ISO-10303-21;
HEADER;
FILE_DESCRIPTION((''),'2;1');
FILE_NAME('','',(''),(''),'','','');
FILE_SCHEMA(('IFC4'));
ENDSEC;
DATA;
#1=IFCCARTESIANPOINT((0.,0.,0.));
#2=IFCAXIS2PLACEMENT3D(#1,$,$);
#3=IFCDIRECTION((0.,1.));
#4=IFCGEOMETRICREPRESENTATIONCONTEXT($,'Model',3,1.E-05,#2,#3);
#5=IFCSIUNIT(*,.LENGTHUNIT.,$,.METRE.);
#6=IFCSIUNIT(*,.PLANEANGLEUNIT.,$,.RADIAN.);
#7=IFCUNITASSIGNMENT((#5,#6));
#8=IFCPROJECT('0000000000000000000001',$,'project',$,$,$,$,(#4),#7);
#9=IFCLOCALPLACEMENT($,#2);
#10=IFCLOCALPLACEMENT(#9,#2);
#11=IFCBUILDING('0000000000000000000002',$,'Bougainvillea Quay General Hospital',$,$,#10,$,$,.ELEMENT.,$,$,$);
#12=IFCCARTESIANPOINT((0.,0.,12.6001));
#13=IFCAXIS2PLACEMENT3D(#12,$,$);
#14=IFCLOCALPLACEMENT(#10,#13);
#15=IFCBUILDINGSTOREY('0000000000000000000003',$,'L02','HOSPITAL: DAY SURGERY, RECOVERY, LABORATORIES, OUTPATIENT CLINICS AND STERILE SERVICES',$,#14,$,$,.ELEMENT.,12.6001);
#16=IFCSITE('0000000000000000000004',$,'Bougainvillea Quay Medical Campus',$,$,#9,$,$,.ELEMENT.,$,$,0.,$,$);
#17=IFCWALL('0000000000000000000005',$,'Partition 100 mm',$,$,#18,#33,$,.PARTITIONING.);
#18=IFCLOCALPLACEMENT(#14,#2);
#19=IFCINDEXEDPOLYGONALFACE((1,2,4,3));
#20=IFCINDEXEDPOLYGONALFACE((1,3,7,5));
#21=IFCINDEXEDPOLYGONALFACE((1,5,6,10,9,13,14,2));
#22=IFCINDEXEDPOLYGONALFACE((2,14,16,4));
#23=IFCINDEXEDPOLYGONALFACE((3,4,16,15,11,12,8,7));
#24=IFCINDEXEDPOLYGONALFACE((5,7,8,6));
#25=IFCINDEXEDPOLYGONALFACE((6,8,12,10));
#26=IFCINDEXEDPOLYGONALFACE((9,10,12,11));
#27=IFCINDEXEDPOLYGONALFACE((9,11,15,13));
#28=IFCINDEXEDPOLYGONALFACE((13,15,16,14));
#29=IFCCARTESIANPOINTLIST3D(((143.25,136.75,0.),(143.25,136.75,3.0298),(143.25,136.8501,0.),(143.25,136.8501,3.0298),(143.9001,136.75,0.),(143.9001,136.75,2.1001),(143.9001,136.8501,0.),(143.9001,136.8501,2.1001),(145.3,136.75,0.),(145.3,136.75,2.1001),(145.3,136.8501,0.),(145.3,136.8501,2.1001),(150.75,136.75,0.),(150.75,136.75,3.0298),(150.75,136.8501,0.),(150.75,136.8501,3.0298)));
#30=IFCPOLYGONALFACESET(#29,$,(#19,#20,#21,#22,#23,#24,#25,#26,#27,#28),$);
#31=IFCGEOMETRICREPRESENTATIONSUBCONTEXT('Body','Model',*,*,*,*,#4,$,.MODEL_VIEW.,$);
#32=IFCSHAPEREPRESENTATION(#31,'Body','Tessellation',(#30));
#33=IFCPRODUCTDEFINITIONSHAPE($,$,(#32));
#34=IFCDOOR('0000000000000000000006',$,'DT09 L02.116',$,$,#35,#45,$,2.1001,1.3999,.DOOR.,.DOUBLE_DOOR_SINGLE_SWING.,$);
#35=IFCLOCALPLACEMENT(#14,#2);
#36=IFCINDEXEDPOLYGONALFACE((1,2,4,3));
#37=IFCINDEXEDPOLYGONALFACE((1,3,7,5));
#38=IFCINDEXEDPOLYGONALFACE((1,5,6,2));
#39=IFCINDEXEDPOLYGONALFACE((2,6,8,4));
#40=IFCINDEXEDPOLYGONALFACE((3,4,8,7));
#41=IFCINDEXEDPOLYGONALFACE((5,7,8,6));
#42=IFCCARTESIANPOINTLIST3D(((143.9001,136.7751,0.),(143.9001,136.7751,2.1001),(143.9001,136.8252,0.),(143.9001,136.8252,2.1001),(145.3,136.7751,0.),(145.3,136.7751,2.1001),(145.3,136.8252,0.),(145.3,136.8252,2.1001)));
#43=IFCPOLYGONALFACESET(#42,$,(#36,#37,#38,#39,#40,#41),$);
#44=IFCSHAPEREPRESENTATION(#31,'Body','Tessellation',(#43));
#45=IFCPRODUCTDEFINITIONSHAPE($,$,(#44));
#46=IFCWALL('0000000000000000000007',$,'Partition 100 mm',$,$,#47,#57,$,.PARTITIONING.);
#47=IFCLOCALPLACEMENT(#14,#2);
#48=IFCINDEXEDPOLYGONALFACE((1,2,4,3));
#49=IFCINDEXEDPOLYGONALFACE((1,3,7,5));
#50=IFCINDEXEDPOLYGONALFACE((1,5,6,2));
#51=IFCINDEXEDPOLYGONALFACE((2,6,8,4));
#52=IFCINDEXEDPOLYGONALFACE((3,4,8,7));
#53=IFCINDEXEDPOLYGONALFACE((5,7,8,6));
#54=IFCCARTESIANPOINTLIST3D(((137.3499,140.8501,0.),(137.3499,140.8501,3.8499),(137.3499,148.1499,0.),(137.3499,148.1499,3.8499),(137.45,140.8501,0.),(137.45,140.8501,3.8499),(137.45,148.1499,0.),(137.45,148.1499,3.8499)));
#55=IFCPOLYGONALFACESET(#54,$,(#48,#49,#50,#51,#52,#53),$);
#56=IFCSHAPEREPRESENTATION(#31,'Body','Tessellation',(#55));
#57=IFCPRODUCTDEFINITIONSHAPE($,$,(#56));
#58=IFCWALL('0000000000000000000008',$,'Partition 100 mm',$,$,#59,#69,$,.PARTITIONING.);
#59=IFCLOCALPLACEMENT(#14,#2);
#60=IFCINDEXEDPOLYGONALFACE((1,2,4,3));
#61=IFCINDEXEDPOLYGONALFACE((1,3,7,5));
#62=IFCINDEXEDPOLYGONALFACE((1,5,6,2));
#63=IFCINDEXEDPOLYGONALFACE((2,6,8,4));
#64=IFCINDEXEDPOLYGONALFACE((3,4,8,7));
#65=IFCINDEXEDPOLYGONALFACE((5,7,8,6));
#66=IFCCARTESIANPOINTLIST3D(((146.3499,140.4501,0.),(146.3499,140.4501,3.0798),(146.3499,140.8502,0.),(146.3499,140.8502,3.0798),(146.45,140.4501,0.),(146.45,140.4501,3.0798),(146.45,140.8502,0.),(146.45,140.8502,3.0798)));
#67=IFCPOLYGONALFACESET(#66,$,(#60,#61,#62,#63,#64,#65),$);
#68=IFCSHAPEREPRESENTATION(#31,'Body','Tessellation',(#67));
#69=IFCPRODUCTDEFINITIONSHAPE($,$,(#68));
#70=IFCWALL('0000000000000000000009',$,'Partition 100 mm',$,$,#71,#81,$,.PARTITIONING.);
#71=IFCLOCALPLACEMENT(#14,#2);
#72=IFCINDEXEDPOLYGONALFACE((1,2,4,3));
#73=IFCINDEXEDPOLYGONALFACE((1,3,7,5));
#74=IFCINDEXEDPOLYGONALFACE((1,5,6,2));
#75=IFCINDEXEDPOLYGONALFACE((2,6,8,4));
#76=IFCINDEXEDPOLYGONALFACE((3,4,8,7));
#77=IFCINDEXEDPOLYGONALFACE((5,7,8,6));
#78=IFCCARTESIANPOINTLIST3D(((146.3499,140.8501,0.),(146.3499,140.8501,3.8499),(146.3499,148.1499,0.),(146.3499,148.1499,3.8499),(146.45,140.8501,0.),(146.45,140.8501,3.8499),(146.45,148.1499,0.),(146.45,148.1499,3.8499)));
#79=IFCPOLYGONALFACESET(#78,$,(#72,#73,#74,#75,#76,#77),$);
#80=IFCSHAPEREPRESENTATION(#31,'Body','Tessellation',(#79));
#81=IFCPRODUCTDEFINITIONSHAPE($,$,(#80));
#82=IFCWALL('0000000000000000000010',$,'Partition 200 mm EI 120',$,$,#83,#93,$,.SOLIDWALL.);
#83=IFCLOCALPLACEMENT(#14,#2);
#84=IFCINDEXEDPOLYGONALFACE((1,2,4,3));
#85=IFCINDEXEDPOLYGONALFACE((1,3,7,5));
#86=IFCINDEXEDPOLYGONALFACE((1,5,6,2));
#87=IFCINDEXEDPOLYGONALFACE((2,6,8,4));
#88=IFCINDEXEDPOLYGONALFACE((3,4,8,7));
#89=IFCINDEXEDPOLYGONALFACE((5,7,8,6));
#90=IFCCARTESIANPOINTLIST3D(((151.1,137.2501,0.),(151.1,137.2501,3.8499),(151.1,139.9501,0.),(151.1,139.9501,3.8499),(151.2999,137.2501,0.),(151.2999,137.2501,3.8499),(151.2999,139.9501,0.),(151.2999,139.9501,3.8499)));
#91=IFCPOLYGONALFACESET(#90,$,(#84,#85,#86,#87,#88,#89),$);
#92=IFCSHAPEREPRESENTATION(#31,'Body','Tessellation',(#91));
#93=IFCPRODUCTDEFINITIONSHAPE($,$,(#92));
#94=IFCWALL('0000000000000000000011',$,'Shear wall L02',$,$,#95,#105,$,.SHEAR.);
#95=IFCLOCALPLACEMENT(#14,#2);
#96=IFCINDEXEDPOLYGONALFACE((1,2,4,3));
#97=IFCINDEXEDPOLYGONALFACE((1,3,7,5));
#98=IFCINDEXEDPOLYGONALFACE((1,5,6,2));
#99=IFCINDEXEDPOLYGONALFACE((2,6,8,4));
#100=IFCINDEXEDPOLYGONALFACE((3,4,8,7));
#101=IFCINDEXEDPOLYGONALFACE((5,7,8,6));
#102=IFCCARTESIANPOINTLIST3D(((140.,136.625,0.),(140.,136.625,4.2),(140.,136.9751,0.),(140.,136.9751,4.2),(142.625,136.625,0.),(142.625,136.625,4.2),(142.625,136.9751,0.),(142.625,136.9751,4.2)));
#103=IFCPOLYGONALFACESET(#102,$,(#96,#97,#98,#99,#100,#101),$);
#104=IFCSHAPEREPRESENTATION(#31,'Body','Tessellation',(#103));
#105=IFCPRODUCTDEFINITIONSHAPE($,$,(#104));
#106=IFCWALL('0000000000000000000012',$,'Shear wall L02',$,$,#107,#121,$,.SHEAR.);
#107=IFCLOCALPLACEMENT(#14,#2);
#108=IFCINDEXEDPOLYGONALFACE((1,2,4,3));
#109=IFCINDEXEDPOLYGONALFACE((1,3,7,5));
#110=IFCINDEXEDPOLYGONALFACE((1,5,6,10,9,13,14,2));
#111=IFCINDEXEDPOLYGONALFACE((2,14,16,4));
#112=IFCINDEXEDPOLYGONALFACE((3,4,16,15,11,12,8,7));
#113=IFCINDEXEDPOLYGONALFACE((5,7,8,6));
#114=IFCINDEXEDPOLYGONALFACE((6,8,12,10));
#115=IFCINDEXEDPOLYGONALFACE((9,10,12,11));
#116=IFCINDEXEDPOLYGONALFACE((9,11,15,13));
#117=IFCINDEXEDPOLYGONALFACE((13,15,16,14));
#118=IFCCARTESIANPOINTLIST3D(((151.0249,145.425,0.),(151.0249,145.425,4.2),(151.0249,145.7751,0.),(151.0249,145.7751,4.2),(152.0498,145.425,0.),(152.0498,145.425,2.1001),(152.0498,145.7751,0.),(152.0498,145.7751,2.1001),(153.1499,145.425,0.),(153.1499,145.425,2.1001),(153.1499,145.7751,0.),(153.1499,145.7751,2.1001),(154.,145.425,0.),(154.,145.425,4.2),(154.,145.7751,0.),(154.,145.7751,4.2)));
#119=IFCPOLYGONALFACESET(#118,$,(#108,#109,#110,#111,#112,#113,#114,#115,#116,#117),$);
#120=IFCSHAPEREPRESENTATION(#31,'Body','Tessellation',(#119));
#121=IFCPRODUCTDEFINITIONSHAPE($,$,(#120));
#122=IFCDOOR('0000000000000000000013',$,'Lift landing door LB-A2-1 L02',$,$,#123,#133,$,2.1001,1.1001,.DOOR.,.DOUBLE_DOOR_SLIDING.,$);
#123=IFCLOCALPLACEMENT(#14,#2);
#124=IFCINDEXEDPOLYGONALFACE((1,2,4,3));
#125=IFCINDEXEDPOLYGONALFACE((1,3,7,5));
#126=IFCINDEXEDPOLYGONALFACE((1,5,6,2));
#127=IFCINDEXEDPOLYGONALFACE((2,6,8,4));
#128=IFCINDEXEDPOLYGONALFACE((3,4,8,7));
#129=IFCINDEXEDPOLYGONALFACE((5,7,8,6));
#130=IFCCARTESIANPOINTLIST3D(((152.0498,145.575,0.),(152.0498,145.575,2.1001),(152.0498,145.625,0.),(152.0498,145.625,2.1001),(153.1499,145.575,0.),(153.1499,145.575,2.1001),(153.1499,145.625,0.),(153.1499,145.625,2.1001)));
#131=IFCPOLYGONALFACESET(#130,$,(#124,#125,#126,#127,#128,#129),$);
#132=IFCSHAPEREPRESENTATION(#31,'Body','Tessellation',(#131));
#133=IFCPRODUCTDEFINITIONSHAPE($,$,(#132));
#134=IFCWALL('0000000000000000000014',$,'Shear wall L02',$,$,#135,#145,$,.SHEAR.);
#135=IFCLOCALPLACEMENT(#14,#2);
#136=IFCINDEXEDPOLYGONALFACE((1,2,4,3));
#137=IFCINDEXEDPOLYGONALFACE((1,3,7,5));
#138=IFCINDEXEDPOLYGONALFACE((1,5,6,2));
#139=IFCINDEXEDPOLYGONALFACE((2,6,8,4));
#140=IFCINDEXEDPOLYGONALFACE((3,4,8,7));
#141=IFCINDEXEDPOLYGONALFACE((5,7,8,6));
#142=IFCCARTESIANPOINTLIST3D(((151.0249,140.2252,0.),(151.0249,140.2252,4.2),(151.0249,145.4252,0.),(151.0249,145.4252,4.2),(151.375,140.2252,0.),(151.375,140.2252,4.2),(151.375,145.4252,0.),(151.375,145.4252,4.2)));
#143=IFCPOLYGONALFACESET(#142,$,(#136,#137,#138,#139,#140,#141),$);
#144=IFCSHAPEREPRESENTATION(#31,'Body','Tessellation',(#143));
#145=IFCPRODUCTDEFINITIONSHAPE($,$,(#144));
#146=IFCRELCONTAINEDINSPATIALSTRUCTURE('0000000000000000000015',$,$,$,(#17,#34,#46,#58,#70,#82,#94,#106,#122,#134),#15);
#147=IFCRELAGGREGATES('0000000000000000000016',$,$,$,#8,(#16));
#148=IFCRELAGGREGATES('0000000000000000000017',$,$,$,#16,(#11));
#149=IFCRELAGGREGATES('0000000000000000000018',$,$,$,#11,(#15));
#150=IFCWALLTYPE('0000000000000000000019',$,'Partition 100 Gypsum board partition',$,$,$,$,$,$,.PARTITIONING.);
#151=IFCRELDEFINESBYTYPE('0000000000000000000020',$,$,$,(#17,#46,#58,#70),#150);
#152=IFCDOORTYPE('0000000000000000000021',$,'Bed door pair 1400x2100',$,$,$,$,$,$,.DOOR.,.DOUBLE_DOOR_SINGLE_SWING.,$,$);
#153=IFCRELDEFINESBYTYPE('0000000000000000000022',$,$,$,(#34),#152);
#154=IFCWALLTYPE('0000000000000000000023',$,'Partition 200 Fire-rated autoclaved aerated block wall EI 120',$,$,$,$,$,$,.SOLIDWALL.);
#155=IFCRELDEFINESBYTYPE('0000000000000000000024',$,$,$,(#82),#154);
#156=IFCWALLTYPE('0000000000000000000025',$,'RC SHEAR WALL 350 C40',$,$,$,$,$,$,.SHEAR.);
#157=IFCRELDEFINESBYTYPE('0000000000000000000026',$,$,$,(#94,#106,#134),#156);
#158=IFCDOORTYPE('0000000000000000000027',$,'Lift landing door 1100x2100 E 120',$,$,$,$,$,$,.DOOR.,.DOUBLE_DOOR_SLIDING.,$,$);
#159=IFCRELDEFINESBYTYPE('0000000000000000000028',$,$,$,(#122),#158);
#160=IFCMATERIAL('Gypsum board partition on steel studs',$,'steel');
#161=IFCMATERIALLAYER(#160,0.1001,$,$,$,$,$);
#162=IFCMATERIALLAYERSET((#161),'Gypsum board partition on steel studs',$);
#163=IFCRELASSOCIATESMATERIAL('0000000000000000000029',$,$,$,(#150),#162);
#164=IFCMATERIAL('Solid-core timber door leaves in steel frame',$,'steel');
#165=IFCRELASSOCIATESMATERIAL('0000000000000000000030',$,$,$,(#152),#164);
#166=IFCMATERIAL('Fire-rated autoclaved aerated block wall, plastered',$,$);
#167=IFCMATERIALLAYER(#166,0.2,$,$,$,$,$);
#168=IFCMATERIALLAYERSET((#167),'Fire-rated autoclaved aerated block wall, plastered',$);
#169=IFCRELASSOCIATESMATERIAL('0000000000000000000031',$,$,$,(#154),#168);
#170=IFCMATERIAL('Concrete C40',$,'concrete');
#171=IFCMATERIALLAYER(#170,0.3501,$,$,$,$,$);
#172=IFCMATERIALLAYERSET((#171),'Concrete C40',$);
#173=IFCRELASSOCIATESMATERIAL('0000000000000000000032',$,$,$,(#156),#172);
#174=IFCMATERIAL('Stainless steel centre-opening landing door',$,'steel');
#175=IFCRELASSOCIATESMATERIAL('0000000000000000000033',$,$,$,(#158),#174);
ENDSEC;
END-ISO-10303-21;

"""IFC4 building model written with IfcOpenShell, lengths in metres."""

from ifc_helpers import new_model, si_unit, direction, frame, frame_2d, origin, place, context, subcontext, project, spatial, rectangle, extrude, material, layer, layer_set, type_object, element, fill, save


model = new_model("IFC4")

# Units and contexts
model_context = context("Model", 3, precision=1e-05, world=origin(), true_north=direction((0.0, 1.0)))
body_context = subcontext(model_context, "Body", "Model", "MODEL_VIEW")
ifc_project = project(units=[si_unit("LENGTHUNIT", "METRE"), si_unit("PLANEANGLEUNIT", "RADIAN")], contexts=[model_context])

# Site, building, storey
site_placement = place(None, origin())
site = spatial("IfcSite", under=ifc_project, at=site_placement, Name="Bougainvillea Quay Medical Campus", CompositionType="ELEMENT", RefElevation=0.0)
building_placement = place(site_placement, origin())
building = spatial("IfcBuilding", under=site, at=building_placement, Name="Bougainvillea Quay General Hospital", CompositionType="ELEMENT")
storey_placement = place(building_placement, frame((0.0, 0.0, 12.6001)))
storey = spatial("IfcBuildingStorey", under=building, at=storey_placement, Name="L02", Description="HOSPITAL: DAY SURGERY, RECOVERY, LABORATORIES, OUTPATIENT CLINICS AND STERILE SERVICES", CompositionType="ELEMENT", Elevation=12.6001)

# Shared definitions
ifc_material_1 = material(Name="Concrete C40", Category="concrete")

# Shared definitions
ifc_material_2 = material(Name="Gypsum board partition on steel studs", Category="steel")
ifc_layer_1 = layer(ifc_material_2, 0.1001)
ifc_layer_set_1 = layer_set([ifc_layer_1], Name="Gypsum board partition on steel studs")
wall_type_1 = type_object("IfcWallType", Name="Partition 100 Gypsum board partition", PredefinedType="PARTITIONING", material=ifc_layer_set_1)

# Shared definitions
ifc_material_3 = material(Name="Solid-core timber door leaves in steel frame", Category="steel")

# Wall, opening, door
wall_1_placement = place(storey_placement, frame((150.75, 136.8, 0.0), z_axis=(0.0, 0.0, 1.0), x_axis=(-1.0, 0.0, 0.0)))
wall_1 = element("IfcWall", 1, at=wall_1_placement, inside=storey, type_object=wall_type_1, Name="Partition 100 mm", PredefinedType="PARTITIONING", context=body_context, shape_type="SweptSolid", body=[
    extrude(rectangle(XDim=7.5, YDim=0.1001, at=frame_2d((3.75, 0.0))), origin(), (0.0, 0.0, 1.0), 3.0298),
])
opening_1_placement = place(wall_1_placement, frame((5.45, 0.0, 0.0)))
opening_1 = element("IfcOpeningElement", 2, at=opening_1_placement, cuts=wall_1, PredefinedType="OPENING", context=body_context, shape_type="SweptSolid", body=[
    extrude(rectangle(XDim=1.3999, YDim=2.1001, at=frame_2d((0.7, 1.05))), frame((0.0, 0.0601, 0.0), z_axis=(0.0, -1.0, 0.0), x_axis=(1.0, 0.0, 0.0)), (0.0, 0.0, 1.0), 0.1201),
])
door_type_1 = type_object("IfcDoorType", Name="Bed door pair 1400x2100", OperationType="DOUBLE_DOOR_SINGLE_SWING", PredefinedType="DOOR", material=ifc_material_3)
door_1_placement = place(opening_1_placement, origin())
door_1 = element("IfcDoor", 3, at=door_1_placement, inside=storey, type_object=door_type_1, Name="DT09 L02.116", OperationType="DOUBLE_DOOR_SINGLE_SWING", OverallHeight=2.1001, OverallWidth=1.3999, PredefinedType="DOOR", context=body_context, shape_type="SweptSolid", body=[
    extrude(rectangle(XDim=1.3999, YDim=2.1001, at=frame_2d((0.7, 1.05))), frame((0.0, 0.0249, 0.0), z_axis=(0.0, -1.0, 0.0), x_axis=(1.0, 0.0, 0.0)), (0.0, 0.0, 1.0), 0.05),
])
fill(opening_1, door_1)

# Walls
wall_2_placement = place(storey_placement, frame((137.3999, 140.8501, 0.0), z_axis=(0.0, 0.0, 1.0), x_axis=(0.0, 1.0, 0.0)))
element("IfcWall", 4, at=wall_2_placement, inside=storey, type_object=wall_type_1, Name="Partition 100 mm", PredefinedType="PARTITIONING", context=body_context, shape_type="SweptSolid", body=[
    extrude(rectangle(XDim=7.2998, YDim=0.1001, at=frame_2d((3.6499, 0.0))), origin(), (0.0, 0.0, 1.0), 3.8499),
])
wall_3_placement = place(storey_placement, frame((146.3999, 140.45, 0.0), z_axis=(0.0, 0.0, 1.0), x_axis=(0.0, 1.0, 0.0)))
element("IfcWall", 5, at=wall_3_placement, inside=storey, type_object=wall_type_1, Name="Partition 100 mm", PredefinedType="PARTITIONING", context=body_context, shape_type="SweptSolid", body=[
    extrude(rectangle(XDim=0.4001, YDim=0.1001, at=frame_2d((0.2002, 0.0))), origin(), (0.0, 0.0, 1.0), 3.0798),
])
wall_4_placement = place(storey_placement, frame((146.3999, 140.8501, 0.0), z_axis=(0.0, 0.0, 1.0), x_axis=(0.0, 1.0, 0.0)))
element("IfcWall", 6, at=wall_4_placement, inside=storey, type_object=wall_type_1, Name="Partition 100 mm", PredefinedType="PARTITIONING", context=body_context, shape_type="SweptSolid", body=[
    extrude(rectangle(XDim=7.2998, YDim=0.1001, at=frame_2d((3.6499, 0.0))), origin(), (0.0, 0.0, 1.0), 3.8499),
])
ifc_material_4 = material(Name="Fire-rated autoclaved aerated block wall, plastered")
ifc_layer_2 = layer(ifc_material_4, 0.2)
ifc_layer_set_2 = layer_set([ifc_layer_2], Name="Fire-rated autoclaved aerated block wall, plastered")
wall_type_2 = type_object("IfcWallType", Name="Partition 200 Fire-rated autoclaved aerated block wall EI 120", PredefinedType="SOLIDWALL", material=ifc_layer_set_2)
wall_5_placement = place(storey_placement, frame((151.2, 137.25, 0.0), z_axis=(0.0, 0.0, 1.0), x_axis=(0.0, 1.0, 0.0)))
element("IfcWall", 7, at=wall_5_placement, inside=storey, type_object=wall_type_2, Name="Partition 200 mm EI 120", PredefinedType="SOLIDWALL", context=body_context, shape_type="SweptSolid", body=[
    extrude(rectangle(XDim=2.7, YDim=0.2, at=frame_2d((1.3501, 0.0))), origin(), (0.0, 0.0, 1.0), 3.8499),
])
ifc_layer_3 = layer(ifc_material_1, 0.3501)
ifc_layer_set_3 = layer_set([ifc_layer_3], Name="Concrete C40")
wall_type_3 = type_object("IfcWallType", Name="RC SHEAR WALL 350 C40", PredefinedType="SHEAR", material=ifc_layer_set_3)
wall_6_placement = place(storey_placement, frame((140.0, 136.8, 0.0), z_axis=(0.0, 0.0, 1.0), x_axis=(1.0, 0.0, 0.0)))
element("IfcWall", 8, at=wall_6_placement, inside=storey, type_object=wall_type_3, Name="Shear wall L02", PredefinedType="SHEAR", context=body_context, shape_type="SweptSolid", body=[
    extrude(rectangle(XDim=2.625, YDim=0.3501, at=frame_2d((1.3125, 0.0))), origin(), (0.0, 0.0, 1.0), 4.2),
])

# Wall, opening, door
wall_7_placement = place(storey_placement, frame((151.0249, 145.6001, 0.0), z_axis=(0.0, 0.0, 1.0), x_axis=(1.0, 0.0, 0.0)))
wall_7 = element("IfcWall", 9, at=wall_7_placement, inside=storey, type_object=wall_type_3, Name="Shear wall L02", PredefinedType="SHEAR", context=body_context, shape_type="SweptSolid", body=[
    extrude(rectangle(XDim=2.9751, YDim=0.3501, at=frame_2d((1.4875, 0.0))), origin(), (0.0, 0.0, 1.0), 4.2),
])
opening_2_placement = place(wall_7_placement, frame((1.0249, 0.0, 0.0)))
opening_2 = element("IfcOpeningElement", 10, at=opening_2_placement, cuts=wall_7, PredefinedType="OPENING", context=body_context, shape_type="SweptSolid", body=[
    extrude(rectangle(XDim=1.1001, YDim=2.1001, at=frame_2d((0.55, 1.05))), frame((0.0, 0.1851, 0.0), z_axis=(0.0, -1.0, 0.0), x_axis=(1.0, 0.0, 0.0)), (0.0, 0.0, 1.0), 0.3701),
])
ifc_material_5 = material(Name="Stainless steel centre-opening landing door", Category="steel")
door_type_2 = type_object("IfcDoorType", Name="Lift landing door 1100x2100 E 120", OperationType="DOUBLE_DOOR_SLIDING", PredefinedType="DOOR", material=ifc_material_5)
door_2_placement = place(opening_2_placement, origin())
door_2 = element("IfcDoor", 11, at=door_2_placement, inside=storey, type_object=door_type_2, Name="Lift landing door LB-A2-1 L02", OperationType="DOUBLE_DOOR_SLIDING", OverallHeight=2.1001, OverallWidth=1.1001, PredefinedType="DOOR", context=body_context, shape_type="SweptSolid", body=[
    extrude(rectangle(XDim=1.1001, YDim=2.1001, at=frame_2d((0.55, 1.05))), frame((0.0, 0.0249, 0.0), z_axis=(0.0, -1.0, 0.0), x_axis=(1.0, 0.0, 0.0)), (0.0, 0.0, 1.0), 0.05),
])
fill(opening_2, door_2)

# Wall
wall_8_placement = place(storey_placement, frame((151.2, 140.2251, 0.0), z_axis=(0.0, 0.0, 1.0), x_axis=(0.0, 1.0, 0.0)))
element("IfcWall", 12, at=wall_8_placement, inside=storey, type_object=wall_type_3, Name="Shear wall L02", PredefinedType="SHEAR", context=body_context, shape_type="SweptSolid", body=[
    extrude(rectangle(XDim=5.2, YDim=0.3501, at=frame_2d((2.6001, 0.0))), origin(), (0.0, 0.0, 1.0), 4.2),
])

save(model, "model.ifc")
